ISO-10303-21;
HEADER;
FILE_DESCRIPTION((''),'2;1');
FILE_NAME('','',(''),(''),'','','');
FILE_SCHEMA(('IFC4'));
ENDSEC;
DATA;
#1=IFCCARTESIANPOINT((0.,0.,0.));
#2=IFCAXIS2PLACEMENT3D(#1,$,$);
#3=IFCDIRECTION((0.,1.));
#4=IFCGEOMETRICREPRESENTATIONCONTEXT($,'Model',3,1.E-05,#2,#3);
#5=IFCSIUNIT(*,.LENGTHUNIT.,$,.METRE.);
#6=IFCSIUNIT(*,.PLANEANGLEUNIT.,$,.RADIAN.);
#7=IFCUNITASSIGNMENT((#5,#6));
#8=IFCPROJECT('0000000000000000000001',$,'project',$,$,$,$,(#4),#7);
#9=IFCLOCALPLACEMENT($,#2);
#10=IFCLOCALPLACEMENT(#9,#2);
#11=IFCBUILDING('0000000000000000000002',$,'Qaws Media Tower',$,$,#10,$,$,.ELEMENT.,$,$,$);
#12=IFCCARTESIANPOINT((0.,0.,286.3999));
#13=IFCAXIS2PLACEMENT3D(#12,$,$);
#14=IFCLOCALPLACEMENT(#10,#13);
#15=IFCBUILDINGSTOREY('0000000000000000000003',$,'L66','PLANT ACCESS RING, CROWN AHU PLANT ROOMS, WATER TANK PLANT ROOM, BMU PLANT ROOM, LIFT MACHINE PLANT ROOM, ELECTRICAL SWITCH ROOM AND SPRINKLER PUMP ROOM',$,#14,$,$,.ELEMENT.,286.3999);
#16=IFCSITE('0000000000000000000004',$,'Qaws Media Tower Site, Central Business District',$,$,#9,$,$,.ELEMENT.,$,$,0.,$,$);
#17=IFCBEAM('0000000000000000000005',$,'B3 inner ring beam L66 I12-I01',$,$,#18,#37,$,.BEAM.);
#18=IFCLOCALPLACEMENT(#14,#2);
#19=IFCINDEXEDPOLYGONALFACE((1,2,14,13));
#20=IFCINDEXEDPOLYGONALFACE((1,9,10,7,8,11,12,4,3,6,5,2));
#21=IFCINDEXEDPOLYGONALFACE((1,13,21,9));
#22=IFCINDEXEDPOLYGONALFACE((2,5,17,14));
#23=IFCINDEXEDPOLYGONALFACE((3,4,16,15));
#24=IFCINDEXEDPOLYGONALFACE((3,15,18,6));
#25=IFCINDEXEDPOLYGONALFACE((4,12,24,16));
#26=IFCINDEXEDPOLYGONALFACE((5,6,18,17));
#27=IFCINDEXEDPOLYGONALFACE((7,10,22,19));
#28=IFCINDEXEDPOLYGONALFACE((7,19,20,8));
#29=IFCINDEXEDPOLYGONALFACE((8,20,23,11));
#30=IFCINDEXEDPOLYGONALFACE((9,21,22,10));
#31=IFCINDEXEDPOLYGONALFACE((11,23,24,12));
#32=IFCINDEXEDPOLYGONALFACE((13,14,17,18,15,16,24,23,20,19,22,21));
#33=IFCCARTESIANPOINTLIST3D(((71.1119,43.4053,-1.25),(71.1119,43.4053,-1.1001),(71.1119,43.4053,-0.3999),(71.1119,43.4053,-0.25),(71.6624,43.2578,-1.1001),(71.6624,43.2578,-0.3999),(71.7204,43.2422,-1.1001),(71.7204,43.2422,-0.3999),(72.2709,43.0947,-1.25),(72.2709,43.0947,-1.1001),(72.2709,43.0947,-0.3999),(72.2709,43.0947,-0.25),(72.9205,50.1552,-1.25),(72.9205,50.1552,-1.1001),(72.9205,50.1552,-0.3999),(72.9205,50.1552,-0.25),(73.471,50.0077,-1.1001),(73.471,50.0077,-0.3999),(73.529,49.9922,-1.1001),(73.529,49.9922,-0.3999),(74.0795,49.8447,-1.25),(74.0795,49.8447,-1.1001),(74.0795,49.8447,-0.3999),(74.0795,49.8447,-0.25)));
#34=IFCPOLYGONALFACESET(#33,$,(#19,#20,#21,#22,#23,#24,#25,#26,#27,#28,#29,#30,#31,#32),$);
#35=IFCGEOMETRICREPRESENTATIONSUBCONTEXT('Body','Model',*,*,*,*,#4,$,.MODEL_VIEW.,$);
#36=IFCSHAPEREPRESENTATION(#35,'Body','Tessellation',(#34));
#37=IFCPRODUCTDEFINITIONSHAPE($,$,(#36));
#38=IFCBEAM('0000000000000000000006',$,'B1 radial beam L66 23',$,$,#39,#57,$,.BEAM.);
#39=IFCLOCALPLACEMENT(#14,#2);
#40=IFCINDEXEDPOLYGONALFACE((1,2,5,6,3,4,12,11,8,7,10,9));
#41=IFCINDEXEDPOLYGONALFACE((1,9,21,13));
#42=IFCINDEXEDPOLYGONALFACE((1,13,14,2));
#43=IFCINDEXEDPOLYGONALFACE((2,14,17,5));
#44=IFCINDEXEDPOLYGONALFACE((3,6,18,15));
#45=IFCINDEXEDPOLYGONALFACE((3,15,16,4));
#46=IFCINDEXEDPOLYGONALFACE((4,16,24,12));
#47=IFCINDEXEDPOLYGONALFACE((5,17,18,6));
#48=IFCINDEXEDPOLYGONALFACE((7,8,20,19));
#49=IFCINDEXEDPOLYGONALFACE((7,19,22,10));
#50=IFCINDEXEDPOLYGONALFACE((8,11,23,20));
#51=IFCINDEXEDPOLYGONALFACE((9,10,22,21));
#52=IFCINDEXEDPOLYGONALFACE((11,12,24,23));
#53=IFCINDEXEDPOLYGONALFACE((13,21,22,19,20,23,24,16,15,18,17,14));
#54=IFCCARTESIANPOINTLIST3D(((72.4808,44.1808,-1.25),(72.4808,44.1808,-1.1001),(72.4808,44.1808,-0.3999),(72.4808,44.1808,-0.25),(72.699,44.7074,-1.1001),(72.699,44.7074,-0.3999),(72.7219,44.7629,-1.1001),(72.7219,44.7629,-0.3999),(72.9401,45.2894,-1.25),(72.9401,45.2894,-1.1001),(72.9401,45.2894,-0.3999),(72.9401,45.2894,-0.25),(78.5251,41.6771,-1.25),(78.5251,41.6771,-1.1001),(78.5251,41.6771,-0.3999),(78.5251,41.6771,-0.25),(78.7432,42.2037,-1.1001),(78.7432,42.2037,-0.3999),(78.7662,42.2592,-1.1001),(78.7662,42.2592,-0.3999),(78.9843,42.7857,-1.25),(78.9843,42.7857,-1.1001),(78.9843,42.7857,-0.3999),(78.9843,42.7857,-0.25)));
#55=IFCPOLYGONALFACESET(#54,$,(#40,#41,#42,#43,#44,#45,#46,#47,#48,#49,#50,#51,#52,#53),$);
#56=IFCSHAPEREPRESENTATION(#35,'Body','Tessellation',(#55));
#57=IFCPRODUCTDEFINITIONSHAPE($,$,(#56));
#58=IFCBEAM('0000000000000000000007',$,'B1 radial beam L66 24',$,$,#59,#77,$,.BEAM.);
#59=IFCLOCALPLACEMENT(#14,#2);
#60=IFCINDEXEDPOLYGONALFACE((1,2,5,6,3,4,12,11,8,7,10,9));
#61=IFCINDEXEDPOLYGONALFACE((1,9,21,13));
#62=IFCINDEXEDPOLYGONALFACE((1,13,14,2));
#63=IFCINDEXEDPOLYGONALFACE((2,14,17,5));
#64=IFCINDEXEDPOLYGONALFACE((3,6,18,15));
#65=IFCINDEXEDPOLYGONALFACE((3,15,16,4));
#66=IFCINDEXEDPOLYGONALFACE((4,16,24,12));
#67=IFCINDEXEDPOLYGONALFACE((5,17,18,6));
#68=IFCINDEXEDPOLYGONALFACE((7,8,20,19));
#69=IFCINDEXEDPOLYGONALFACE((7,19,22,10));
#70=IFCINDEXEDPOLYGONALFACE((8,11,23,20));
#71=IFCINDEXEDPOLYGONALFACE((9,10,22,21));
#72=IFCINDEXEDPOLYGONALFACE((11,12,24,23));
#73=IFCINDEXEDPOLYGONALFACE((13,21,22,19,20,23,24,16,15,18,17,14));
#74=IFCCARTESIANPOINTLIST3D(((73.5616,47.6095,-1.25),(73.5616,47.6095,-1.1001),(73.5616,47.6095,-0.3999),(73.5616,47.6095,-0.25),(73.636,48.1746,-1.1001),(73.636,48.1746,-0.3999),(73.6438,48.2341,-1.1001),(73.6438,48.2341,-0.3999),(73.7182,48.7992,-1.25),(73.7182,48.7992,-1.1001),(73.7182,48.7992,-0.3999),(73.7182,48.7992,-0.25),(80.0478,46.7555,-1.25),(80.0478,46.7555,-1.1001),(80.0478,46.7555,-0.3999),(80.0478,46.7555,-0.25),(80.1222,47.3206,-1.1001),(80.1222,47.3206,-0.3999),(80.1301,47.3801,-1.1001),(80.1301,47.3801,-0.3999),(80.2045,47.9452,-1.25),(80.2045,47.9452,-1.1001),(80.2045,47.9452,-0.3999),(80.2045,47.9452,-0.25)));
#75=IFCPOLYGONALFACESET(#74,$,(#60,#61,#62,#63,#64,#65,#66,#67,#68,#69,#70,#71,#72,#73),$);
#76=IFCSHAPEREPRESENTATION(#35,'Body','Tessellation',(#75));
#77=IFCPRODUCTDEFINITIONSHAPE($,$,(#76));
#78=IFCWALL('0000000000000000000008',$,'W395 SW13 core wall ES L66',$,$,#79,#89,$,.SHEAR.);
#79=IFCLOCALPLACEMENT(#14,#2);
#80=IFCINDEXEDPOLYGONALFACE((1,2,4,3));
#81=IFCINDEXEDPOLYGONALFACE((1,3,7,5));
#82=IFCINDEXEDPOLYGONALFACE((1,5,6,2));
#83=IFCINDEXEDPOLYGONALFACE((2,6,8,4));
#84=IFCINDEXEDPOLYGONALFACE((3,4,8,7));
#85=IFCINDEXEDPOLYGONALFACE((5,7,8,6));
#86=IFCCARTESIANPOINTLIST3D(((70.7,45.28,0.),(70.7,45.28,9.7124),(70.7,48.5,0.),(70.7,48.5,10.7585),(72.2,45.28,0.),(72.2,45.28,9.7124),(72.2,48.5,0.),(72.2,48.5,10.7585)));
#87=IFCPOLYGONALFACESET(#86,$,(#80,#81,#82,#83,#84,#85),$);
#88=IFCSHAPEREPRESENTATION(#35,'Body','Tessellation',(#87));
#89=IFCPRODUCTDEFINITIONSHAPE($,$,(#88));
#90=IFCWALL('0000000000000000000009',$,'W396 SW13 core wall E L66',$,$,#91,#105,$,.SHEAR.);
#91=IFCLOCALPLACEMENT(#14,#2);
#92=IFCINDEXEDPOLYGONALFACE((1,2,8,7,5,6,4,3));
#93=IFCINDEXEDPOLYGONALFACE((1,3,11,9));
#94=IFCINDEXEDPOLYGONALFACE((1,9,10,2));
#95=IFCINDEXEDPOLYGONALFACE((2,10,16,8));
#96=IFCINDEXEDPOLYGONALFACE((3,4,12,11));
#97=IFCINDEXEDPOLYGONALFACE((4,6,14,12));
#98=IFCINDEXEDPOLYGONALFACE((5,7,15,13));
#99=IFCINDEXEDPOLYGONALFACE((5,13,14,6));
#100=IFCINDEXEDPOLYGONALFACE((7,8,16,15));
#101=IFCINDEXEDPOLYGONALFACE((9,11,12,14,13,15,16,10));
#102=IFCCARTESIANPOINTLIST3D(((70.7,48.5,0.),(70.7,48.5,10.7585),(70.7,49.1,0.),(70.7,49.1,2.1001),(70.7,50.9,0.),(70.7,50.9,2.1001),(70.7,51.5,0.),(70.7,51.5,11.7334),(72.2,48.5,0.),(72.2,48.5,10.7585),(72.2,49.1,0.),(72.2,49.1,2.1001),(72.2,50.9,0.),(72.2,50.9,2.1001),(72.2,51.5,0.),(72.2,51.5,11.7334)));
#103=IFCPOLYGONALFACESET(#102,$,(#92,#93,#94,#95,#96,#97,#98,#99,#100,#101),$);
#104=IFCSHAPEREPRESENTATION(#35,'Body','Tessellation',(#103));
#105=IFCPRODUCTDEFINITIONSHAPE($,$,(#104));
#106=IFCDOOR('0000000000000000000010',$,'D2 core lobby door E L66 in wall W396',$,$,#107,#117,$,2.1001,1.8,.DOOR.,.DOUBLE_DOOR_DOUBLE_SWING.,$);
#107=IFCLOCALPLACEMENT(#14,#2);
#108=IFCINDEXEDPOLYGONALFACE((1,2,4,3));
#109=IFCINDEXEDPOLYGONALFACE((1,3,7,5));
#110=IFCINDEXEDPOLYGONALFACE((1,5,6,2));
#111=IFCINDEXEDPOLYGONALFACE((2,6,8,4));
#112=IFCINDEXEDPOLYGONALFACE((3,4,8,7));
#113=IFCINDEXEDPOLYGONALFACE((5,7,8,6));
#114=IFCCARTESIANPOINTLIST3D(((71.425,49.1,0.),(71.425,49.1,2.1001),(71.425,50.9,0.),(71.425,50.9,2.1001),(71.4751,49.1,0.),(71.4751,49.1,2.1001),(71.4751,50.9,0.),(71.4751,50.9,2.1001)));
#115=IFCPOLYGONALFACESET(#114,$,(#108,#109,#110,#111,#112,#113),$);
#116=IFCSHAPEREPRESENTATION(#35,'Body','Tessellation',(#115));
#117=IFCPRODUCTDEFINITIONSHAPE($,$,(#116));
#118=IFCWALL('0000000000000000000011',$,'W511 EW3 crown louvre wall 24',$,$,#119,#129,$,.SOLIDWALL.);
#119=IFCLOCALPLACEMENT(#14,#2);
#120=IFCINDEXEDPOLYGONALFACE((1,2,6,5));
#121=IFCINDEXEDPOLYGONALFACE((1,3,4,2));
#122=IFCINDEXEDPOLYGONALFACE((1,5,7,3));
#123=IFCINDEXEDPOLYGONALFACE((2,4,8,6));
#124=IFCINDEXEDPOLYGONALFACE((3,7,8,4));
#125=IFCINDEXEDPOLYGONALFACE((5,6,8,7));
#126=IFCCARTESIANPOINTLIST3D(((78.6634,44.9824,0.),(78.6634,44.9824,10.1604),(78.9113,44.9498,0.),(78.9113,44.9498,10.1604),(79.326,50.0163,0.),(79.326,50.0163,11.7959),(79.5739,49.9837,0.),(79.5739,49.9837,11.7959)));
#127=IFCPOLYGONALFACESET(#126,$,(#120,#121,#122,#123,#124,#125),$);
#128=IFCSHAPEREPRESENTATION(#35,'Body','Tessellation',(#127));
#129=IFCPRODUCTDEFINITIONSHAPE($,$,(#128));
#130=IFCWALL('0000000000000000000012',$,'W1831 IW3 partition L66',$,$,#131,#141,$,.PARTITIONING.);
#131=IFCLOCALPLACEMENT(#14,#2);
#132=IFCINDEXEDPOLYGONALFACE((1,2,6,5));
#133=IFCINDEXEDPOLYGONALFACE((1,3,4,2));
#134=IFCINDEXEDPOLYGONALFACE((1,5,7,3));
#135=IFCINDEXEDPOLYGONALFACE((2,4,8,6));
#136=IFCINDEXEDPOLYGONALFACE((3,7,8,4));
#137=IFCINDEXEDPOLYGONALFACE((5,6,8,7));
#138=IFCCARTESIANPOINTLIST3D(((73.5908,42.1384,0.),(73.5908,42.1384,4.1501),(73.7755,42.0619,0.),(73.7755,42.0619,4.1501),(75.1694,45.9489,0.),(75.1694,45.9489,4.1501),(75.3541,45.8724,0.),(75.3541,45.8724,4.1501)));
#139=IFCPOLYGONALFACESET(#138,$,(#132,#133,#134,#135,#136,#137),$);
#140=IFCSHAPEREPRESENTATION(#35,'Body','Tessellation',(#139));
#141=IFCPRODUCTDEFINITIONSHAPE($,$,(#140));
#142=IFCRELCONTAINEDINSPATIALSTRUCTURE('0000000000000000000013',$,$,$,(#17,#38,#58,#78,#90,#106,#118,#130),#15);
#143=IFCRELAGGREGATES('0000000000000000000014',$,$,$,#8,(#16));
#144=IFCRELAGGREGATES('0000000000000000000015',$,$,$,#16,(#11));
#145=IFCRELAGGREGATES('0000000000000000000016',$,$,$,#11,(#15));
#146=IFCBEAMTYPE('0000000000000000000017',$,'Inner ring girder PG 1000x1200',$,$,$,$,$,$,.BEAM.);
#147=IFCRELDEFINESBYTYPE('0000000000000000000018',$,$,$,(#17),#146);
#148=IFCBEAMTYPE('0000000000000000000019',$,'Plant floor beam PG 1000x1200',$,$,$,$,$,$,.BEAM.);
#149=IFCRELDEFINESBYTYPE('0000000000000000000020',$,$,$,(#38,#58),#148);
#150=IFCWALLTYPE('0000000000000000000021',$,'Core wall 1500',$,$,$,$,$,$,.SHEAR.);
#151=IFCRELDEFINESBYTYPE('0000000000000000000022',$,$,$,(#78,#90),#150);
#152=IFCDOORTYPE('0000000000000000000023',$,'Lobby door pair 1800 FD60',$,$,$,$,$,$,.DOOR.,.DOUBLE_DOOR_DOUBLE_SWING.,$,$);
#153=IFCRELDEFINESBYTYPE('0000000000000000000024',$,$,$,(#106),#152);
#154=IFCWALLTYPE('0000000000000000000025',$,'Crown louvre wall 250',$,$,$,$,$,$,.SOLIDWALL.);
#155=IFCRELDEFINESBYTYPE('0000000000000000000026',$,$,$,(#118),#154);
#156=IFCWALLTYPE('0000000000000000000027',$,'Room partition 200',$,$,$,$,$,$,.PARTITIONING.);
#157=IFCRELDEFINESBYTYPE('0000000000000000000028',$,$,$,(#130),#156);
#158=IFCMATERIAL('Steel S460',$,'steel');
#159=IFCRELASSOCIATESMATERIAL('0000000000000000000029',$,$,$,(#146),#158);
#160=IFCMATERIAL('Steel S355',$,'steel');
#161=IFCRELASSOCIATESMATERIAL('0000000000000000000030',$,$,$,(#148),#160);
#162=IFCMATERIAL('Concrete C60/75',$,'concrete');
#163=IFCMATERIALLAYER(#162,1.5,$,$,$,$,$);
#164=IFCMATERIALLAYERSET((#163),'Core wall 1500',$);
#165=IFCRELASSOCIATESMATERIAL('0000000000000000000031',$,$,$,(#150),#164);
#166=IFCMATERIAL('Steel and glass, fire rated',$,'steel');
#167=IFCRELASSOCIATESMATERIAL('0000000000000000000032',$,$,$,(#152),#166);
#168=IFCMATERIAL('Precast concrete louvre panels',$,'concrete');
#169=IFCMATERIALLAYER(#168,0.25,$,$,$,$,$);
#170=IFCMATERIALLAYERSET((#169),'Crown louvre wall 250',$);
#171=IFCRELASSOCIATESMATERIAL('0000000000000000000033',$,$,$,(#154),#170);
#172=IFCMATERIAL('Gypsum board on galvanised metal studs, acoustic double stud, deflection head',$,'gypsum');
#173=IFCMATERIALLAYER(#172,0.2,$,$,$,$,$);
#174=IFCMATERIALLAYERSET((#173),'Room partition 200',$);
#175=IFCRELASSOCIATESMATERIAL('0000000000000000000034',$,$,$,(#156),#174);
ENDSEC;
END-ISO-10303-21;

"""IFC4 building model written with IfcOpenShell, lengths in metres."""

from ifc_helpers import new_model, si_unit, direction, frame, frame_2d, origin, origin_2d, place, context, subcontext, project, spatial, polyline, rectangle, i_section, outline, extrude, material, layer, layer_set, material_profile, profile_set, type_object, element, fill, save


model = new_model("IFC4")

# Units and contexts
model_context = context("Model", 3, precision=1e-05, world=origin(), true_north=direction((0.0, 1.0)))
body_context = subcontext(model_context, "Body", "Model", "MODEL_VIEW")
ifc_project = project(units=[si_unit("LENGTHUNIT", "METRE"), si_unit("PLANEANGLEUNIT", "RADIAN")], contexts=[model_context])

# Site, building, storey
site_placement = place(None, origin())
site = spatial("IfcSite", under=ifc_project, at=site_placement, Name="Qaws Media Tower Site, Central Business District", CompositionType="ELEMENT", RefElevation=0.0)
building_placement = place(site_placement, origin())
building = spatial("IfcBuilding", under=site, at=building_placement, Name="Qaws Media Tower", CompositionType="ELEMENT")
storey_placement = place(building_placement, frame((0.0, 0.0, 286.3999)))
storey = spatial("IfcBuildingStorey", under=building, at=storey_placement, Name="L66", Description="PLANT ACCESS RING, CROWN AHU PLANT ROOMS, WATER TANK PLANT ROOM, BMU PLANT ROOM, LIFT MACHINE PLANT ROOM, ELECTRICAL SWITCH ROOM AND SPRINKLER PUMP ROOM", CompositionType="ELEMENT", Elevation=286.3999)

# Beams
ifc_material_1 = material(Name="Steel S460", Category="steel")
ifc_material_profile_1 = material_profile(ifc_material_1, i_section(OverallWidth=1.2, OverallDepth=1.0, WebThickness=0.0601, FlangeThickness=0.1499, at=origin_2d()), Name="PG 1000x1200")
ifc_profile_set_1 = profile_set([ifc_material_profile_1], Name="Steel S460")
beam_type_1 = type_object("IfcBeamType", Name="Inner ring girder PG 1000x1200", PredefinedType="BEAM", material=ifc_profile_set_1)
beam_1_placement = place(storey_placement, frame((71.6914, 43.25, -0.75), z_axis=(0.258811, 0.965928, 0.0), x_axis=(-0.965928, 0.258811, 0.0)))
element("IfcBeam", 1, at=beam_1_placement, inside=storey, type_object=beam_type_1, Name="B3 inner ring beam L66 I12-I01", PredefinedType="BEAM", context=body_context, shape_type="SweptSolid", body=[
    extrude(i_section(OverallWidth=1.2, OverallDepth=1.0, WebThickness=0.0601, FlangeThickness=0.1499, at=origin_2d()), origin(), (0.0, 0.0, 1.0), 6.988),
])
ifc_material_2 = material(Name="Steel S355", Category="steel")
ifc_material_profile_2 = material_profile(ifc_material_2, i_section(OverallWidth=1.2, OverallDepth=1.0, WebThickness=0.0601, FlangeThickness=0.1499, at=origin_2d()), Name="PG 1000x1200")
ifc_profile_set_2 = profile_set([ifc_material_profile_2], Name="Steel S355")
beam_type_2 = type_object("IfcBeamType", Name="Plant floor beam PG 1000x1200", PredefinedType="BEAM", material=ifc_profile_set_2)
for number, where, z_axis, x_axis, name in (
    (2, (72.7104, 44.7351, -0.75), (0.923875, -0.382693, 0.0), (0.382693, 0.923875, 0.0), "B1 radial beam L66 23"),
    (3, (73.6399, 48.2043, -0.75), (0.991444, -0.130536, 0.0), (0.130536, 0.991444, 0.0), "B1 radial beam L66 24"),
):
    element("IfcBeam", number, at=place(storey_placement, frame(where, z_axis=z_axis, x_axis=x_axis)), inside=storey, type_object=beam_type_2, Name=name, PredefinedType="BEAM", context=body_context, shape_type="SweptSolid", body=[
        extrude(i_section(OverallWidth=1.2, OverallDepth=1.0, WebThickness=0.0601, FlangeThickness=0.1499, at=origin_2d()), origin(), (0.0, 0.0, 1.0), 6.5422),
    ])

# Wall
ifc_material_3 = material(Name="Concrete C60/75", Category="concrete")
ifc_layer_1 = layer(ifc_material_3, 1.5)
ifc_layer_set_1 = layer_set([ifc_layer_1], Name="Core wall 1500")
wall_type_1 = type_object("IfcWallType", Name="Core wall 1500", PredefinedType="SHEAR", material=ifc_layer_set_1)
wall_1_placement = place(storey_placement, frame((71.45, 45.28, 0.0), z_axis=(0.0, 0.0, 1.0), x_axis=(0.0, 1.0, 0.0)))
element("IfcWall", 4, at=wall_1_placement, inside=storey, type_object=wall_type_1, Name="W395 SW13 core wall ES L66", PredefinedType="SHEAR", context=body_context, shape_type="SweptSolid", body=[
    extrude(outline(polyline([(0.0, 0.0), (3.22, 0.0), (3.22, 10.7585), (0.0, 9.7124), (0.0, 0.0)])), frame((0.0, 0.75, 0.0), z_axis=(0.0, -1.0, 0.0), x_axis=(1.0, 0.0, 0.0)), (0.0, 0.0, 1.0), 1.5),
])

# Wall, opening, door
wall_2_placement = place(storey_placement, frame((71.45, 48.5, 0.0), z_axis=(0.0, 0.0, 1.0), x_axis=(0.0, 1.0, 0.0)))
wall_2 = element("IfcWall", 5, at=wall_2_placement, inside=storey, type_object=wall_type_1, Name="W396 SW13 core wall E L66", PredefinedType="SHEAR", context=body_context, shape_type="SweptSolid", body=[
    extrude(outline(polyline([(0.0, 0.0), (3.0, 0.0), (3.0, 11.7334), (0.0, 10.7585), (0.0, 0.0)])), frame((0.0, 0.75, 0.0), z_axis=(0.0, -1.0, 0.0), x_axis=(1.0, 0.0, 0.0)), (0.0, 0.0, 1.0), 1.5),
])
opening_placement = place(wall_2_placement, frame((0.6001, 0.0, 0.0)))
opening = element("IfcOpeningElement", 6, at=opening_placement, cuts=wall_2, PredefinedType="OPENING", context=body_context, shape_type="SweptSolid", body=[
    extrude(rectangle(XDim=1.8, YDim=2.1001, at=frame_2d((0.8999, 1.05))), frame((0.0, 0.76, 0.0), z_axis=(0.0, -1.0, 0.0), x_axis=(1.0, 0.0, 0.0)), (0.0, 0.0, 1.0), 1.52),
])
ifc_material_4 = material(Name="Steel and glass, fire rated", Category="steel")
door_type = type_object("IfcDoorType", Name="Lobby door pair 1800 FD60", OperationType="DOUBLE_DOOR_DOUBLE_SWING", PredefinedType="DOOR", material=ifc_material_4)
door_placement = place(opening_placement, origin())
door = element("IfcDoor", 7, at=door_placement, inside=storey, type_object=door_type, Name="D2 core lobby door E L66 in wall W396", OperationType="DOUBLE_DOOR_DOUBLE_SWING", OverallHeight=2.1001, OverallWidth=1.8, PredefinedType="DOOR", context=body_context, shape_type="SweptSolid", body=[
    extrude(rectangle(XDim=1.8, YDim=2.1001, at=frame_2d((0.8999, 1.05))), frame((0.0, 0.0249, 0.0), z_axis=(0.0, -1.0, 0.0), x_axis=(1.0, 0.0, 0.0)), (0.0, 0.0, 1.0), 0.05),
])
fill(opening, door)

# Walls
ifc_material_5 = material(Name="Precast concrete louvre panels", Category="concrete")
ifc_layer_2 = layer(ifc_material_5, 0.25)
ifc_layer_set_2 = layer_set([ifc_layer_2], Name="Crown louvre wall 250")
wall_type_2 = type_object("IfcWallType", Name="Crown louvre wall 250", PredefinedType="SOLIDWALL", material=ifc_layer_set_2)
wall_3_placement = place(storey_placement, frame((78.7874, 44.9661, 0.0), z_axis=(0.0, 0.0, 1.0), x_axis=(0.130501, 0.991448, 0.0)))
element("IfcWall", 8, at=wall_3_placement, inside=storey, type_object=wall_type_2, Name="W511 EW3 crown louvre wall 24", PredefinedType="SOLIDWALL", context=body_context, shape_type="SweptSolid", body=[
    extrude(outline(polyline([(0.0, 0.0), (5.0774, 0.0), (5.0774, 11.7959), (0.0, 10.1604), (0.0, 0.0)])), frame((0.0, 0.125, 0.0), z_axis=(0.0, -1.0, 0.0), x_axis=(1.0, 0.0, 0.0)), (0.0, 0.0, 1.0), 0.25),
])
ifc_material_6 = material(Name="Gypsum board on galvanised metal studs, acoustic double stud, deflection head", Category="gypsum")
ifc_layer_3 = layer(ifc_material_6, 0.2)
ifc_layer_set_3 = layer_set([ifc_layer_3], Name="Room partition 200")
wall_type_3 = type_object("IfcWallType", Name="Room partition 200", PredefinedType="PARTITIONING", material=ifc_layer_set_3)
wall_4_placement = place(storey_placement, frame((75.2617, 45.9106, 0.0), z_axis=(0.0, 0.0, 1.0), x_axis=(-0.382732, -0.92386, 0.0)))
element("IfcWall", 9, at=wall_4_placement, inside=storey, type_object=wall_type_3, Name="W1831 IW3 partition L66", PredefinedType="PARTITIONING", context=body_context, shape_type="SweptSolid", body=[
    extrude(rectangle(XDim=4.1245, YDim=0.2, at=frame_2d((2.0623, 0.0))), origin(), (0.0, 0.0, 1.0), 4.1501),
])

save(model, "model.ifc")
